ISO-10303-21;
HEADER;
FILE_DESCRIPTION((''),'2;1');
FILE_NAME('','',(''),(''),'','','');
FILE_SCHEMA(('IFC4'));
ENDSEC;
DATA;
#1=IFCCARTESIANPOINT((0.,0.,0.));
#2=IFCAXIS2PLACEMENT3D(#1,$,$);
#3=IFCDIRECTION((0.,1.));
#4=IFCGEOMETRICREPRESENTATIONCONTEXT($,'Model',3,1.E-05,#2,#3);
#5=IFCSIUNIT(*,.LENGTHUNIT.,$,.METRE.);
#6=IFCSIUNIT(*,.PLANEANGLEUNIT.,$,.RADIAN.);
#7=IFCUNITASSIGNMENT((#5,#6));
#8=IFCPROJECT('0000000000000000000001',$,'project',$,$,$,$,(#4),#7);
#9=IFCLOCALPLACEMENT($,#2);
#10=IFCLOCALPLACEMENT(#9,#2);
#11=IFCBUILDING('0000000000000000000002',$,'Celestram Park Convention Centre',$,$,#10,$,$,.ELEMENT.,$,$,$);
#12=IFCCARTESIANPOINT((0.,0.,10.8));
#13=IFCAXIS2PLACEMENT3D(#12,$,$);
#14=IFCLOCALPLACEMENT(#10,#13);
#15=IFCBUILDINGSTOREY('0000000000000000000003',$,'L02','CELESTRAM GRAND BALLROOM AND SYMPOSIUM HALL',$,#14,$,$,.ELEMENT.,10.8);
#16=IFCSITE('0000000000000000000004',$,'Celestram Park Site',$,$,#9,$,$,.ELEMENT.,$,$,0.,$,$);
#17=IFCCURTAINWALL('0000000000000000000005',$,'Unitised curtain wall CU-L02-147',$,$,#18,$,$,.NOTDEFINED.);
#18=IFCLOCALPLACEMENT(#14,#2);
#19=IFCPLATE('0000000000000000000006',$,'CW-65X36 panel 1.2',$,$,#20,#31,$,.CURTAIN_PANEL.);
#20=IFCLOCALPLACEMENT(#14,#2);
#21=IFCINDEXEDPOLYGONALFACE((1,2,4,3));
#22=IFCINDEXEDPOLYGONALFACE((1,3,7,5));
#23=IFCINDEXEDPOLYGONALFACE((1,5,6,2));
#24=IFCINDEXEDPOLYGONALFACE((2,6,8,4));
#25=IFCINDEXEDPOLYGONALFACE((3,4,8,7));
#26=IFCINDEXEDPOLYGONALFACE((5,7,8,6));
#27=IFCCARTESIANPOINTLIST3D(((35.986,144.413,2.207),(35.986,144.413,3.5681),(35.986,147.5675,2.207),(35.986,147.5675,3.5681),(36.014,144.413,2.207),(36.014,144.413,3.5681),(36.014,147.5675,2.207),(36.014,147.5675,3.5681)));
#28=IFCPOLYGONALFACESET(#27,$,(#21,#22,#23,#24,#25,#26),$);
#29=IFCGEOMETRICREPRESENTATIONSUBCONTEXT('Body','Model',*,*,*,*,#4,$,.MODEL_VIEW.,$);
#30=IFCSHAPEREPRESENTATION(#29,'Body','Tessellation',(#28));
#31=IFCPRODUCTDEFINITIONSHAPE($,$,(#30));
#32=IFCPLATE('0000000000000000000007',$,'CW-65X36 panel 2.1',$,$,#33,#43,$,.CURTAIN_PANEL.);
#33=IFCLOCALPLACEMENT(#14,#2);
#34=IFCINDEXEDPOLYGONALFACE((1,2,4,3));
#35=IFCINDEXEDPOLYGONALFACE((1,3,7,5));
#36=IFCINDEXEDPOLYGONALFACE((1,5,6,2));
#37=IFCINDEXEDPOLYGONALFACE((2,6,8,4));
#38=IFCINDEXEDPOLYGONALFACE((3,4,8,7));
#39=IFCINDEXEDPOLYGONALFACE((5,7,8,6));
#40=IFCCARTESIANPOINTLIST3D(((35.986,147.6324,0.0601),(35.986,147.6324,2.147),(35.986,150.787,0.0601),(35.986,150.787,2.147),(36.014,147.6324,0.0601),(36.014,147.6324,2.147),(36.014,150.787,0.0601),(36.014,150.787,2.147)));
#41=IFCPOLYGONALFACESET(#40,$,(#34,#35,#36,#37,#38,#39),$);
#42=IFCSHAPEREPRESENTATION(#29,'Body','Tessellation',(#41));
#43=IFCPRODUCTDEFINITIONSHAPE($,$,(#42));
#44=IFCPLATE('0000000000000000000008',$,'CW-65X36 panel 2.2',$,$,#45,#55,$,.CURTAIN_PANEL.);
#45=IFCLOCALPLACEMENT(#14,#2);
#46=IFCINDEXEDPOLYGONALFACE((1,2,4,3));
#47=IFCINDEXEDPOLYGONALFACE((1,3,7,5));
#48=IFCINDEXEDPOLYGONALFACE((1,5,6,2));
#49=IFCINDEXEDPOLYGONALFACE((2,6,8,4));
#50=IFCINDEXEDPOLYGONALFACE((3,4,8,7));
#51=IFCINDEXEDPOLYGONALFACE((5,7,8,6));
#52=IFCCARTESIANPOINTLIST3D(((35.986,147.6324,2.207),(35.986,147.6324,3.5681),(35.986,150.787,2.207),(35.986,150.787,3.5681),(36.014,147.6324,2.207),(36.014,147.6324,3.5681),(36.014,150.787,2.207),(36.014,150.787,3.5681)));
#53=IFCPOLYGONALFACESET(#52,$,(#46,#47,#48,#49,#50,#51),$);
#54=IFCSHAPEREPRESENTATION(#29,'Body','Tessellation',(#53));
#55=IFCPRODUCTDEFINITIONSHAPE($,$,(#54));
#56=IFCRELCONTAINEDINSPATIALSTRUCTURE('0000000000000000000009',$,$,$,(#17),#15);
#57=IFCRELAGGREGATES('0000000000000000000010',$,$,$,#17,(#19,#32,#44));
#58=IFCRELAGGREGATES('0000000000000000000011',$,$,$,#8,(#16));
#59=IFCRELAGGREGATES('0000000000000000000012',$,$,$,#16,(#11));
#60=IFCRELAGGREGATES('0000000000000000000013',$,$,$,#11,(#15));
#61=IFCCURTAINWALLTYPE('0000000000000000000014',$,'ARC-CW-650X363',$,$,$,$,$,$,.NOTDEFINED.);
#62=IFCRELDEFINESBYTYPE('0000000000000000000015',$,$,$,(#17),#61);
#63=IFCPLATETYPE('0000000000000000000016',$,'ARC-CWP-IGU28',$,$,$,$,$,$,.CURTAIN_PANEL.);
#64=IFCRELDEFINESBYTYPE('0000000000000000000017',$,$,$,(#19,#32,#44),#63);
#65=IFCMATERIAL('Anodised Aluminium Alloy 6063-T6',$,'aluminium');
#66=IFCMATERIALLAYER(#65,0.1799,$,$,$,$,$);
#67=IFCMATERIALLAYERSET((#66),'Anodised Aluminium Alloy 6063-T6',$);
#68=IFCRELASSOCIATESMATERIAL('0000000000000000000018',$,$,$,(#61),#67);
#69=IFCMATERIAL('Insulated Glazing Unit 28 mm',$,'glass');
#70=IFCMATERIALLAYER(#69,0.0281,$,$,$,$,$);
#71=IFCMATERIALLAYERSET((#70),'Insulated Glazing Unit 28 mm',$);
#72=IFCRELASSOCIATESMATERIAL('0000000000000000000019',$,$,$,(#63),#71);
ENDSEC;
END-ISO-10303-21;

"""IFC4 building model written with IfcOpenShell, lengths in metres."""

from ifc_helpers import new_model, si_unit, direction, frame, origin, origin_2d, place, context, subcontext, project, spatial, rectangle, extrude, material, layer, layer_set, type_object, element, aggregate, save


model = new_model("IFC4")

# Units and contexts
model_context = context("Model", 3, precision=1e-05, world=origin(), true_north=direction((0.0, 1.0)))
body_context = subcontext(model_context, "Body", "Model", "MODEL_VIEW")
ifc_project = project(units=[si_unit("LENGTHUNIT", "METRE"), si_unit("PLANEANGLEUNIT", "RADIAN")], contexts=[model_context])

# Site, building, storey
site_placement = place(None, origin())
site = spatial("IfcSite", under=ifc_project, at=site_placement, Name="Celestram Park Site", CompositionType="ELEMENT", RefElevation=0.0)
building_placement = place(site_placement, origin())
building = spatial("IfcBuilding", under=site, at=building_placement, Name="Celestram Park Convention Centre", CompositionType="ELEMENT")
storey_placement = place(building_placement, frame((0.0, 0.0, 10.8)))
storey = spatial("IfcBuildingStorey", under=building, at=storey_placement, Name="L02", Description="CELESTRAM GRAND BALLROOM AND SYMPOSIUM HALL", CompositionType="ELEMENT", Elevation=10.8)

# Shared definitions
ifc_material_1 = material(Name="Anodised Aluminium Alloy 6063-T6", Category="aluminium")
ifc_layer_1 = layer(ifc_material_1, 0.1799)
ifc_layer_set_1 = layer_set([ifc_layer_1], Name="Anodised Aluminium Alloy 6063-T6")
curtain_wall_type_1 = type_object("IfcCurtainWallType", Name="ARC-CW-650X363", PredefinedType="NOTDEFINED", material=ifc_layer_set_1)

# Curtain wall
curtain_wall_1_placement = place(storey_placement, origin())
curtain_wall_1 = element("IfcCurtainWall", 1, at=curtain_wall_1_placement, inside=storey, type_object=curtain_wall_type_1, Name="Unitised curtain wall CU-L02-147", PredefinedType="NOTDEFINED")

# Plates
ifc_material_2 = material(Name="Insulated Glazing Unit 28 mm", Category="glass")
ifc_layer_2 = layer(ifc_material_2, 0.0281)
ifc_layer_set_2 = layer_set([ifc_layer_2], Name="Insulated Glazing Unit 28 mm")
plate_type = type_object("IfcPlateType", Name="ARC-CWP-IGU28", PredefinedType="CURTAIN_PANEL", material=ifc_layer_set_2)
plate_1_placement = place(storey_placement, frame((36.0, 145.9902, 2.207), z_axis=(0.0, 0.0, 1.0), x_axis=(0.0, 1.0, 0.0)))
plate_1 = element("IfcPlate", 2, at=plate_1_placement, type_object=plate_type, Name="CW-65X36 panel 1.2", PredefinedType="CURTAIN_PANEL", context=body_context, shape_type="SweptSolid", body=[
    extrude(rectangle(XDim=3.1545, YDim=0.0281, at=origin_2d()), origin(), (0.0, 0.0, 1.0), 1.3611),
])
plate_2_placement = place(storey_placement, frame((36.0, 149.2097, 0.0601), z_axis=(0.0, 0.0, 1.0), x_axis=(0.0, 1.0, 0.0)))
plate_2 = element("IfcPlate", 3, at=plate_2_placement, type_object=plate_type, Name="CW-65X36 panel 2.1", PredefinedType="CURTAIN_PANEL", context=body_context, shape_type="SweptSolid", body=[
    extrude(rectangle(XDim=3.1545, YDim=0.0281, at=origin_2d()), origin(), (0.0, 0.0, 1.0), 2.0869),
])
plate_3_placement = place(storey_placement, frame((36.0, 149.2097, 2.207), z_axis=(0.0, 0.0, 1.0), x_axis=(0.0, 1.0, 0.0)))
plate_3 = element("IfcPlate", 4, at=plate_3_placement, type_object=plate_type, Name="CW-65X36 panel 2.2", PredefinedType="CURTAIN_PANEL", context=body_context, shape_type="SweptSolid", body=[
    extrude(rectangle(XDim=3.1545, YDim=0.0281, at=origin_2d()), origin(), (0.0, 0.0, 1.0), 1.3611),
])
aggregate(curtain_wall_1, [plate_1, plate_2, plate_3])

save(model, "model.ifc")
